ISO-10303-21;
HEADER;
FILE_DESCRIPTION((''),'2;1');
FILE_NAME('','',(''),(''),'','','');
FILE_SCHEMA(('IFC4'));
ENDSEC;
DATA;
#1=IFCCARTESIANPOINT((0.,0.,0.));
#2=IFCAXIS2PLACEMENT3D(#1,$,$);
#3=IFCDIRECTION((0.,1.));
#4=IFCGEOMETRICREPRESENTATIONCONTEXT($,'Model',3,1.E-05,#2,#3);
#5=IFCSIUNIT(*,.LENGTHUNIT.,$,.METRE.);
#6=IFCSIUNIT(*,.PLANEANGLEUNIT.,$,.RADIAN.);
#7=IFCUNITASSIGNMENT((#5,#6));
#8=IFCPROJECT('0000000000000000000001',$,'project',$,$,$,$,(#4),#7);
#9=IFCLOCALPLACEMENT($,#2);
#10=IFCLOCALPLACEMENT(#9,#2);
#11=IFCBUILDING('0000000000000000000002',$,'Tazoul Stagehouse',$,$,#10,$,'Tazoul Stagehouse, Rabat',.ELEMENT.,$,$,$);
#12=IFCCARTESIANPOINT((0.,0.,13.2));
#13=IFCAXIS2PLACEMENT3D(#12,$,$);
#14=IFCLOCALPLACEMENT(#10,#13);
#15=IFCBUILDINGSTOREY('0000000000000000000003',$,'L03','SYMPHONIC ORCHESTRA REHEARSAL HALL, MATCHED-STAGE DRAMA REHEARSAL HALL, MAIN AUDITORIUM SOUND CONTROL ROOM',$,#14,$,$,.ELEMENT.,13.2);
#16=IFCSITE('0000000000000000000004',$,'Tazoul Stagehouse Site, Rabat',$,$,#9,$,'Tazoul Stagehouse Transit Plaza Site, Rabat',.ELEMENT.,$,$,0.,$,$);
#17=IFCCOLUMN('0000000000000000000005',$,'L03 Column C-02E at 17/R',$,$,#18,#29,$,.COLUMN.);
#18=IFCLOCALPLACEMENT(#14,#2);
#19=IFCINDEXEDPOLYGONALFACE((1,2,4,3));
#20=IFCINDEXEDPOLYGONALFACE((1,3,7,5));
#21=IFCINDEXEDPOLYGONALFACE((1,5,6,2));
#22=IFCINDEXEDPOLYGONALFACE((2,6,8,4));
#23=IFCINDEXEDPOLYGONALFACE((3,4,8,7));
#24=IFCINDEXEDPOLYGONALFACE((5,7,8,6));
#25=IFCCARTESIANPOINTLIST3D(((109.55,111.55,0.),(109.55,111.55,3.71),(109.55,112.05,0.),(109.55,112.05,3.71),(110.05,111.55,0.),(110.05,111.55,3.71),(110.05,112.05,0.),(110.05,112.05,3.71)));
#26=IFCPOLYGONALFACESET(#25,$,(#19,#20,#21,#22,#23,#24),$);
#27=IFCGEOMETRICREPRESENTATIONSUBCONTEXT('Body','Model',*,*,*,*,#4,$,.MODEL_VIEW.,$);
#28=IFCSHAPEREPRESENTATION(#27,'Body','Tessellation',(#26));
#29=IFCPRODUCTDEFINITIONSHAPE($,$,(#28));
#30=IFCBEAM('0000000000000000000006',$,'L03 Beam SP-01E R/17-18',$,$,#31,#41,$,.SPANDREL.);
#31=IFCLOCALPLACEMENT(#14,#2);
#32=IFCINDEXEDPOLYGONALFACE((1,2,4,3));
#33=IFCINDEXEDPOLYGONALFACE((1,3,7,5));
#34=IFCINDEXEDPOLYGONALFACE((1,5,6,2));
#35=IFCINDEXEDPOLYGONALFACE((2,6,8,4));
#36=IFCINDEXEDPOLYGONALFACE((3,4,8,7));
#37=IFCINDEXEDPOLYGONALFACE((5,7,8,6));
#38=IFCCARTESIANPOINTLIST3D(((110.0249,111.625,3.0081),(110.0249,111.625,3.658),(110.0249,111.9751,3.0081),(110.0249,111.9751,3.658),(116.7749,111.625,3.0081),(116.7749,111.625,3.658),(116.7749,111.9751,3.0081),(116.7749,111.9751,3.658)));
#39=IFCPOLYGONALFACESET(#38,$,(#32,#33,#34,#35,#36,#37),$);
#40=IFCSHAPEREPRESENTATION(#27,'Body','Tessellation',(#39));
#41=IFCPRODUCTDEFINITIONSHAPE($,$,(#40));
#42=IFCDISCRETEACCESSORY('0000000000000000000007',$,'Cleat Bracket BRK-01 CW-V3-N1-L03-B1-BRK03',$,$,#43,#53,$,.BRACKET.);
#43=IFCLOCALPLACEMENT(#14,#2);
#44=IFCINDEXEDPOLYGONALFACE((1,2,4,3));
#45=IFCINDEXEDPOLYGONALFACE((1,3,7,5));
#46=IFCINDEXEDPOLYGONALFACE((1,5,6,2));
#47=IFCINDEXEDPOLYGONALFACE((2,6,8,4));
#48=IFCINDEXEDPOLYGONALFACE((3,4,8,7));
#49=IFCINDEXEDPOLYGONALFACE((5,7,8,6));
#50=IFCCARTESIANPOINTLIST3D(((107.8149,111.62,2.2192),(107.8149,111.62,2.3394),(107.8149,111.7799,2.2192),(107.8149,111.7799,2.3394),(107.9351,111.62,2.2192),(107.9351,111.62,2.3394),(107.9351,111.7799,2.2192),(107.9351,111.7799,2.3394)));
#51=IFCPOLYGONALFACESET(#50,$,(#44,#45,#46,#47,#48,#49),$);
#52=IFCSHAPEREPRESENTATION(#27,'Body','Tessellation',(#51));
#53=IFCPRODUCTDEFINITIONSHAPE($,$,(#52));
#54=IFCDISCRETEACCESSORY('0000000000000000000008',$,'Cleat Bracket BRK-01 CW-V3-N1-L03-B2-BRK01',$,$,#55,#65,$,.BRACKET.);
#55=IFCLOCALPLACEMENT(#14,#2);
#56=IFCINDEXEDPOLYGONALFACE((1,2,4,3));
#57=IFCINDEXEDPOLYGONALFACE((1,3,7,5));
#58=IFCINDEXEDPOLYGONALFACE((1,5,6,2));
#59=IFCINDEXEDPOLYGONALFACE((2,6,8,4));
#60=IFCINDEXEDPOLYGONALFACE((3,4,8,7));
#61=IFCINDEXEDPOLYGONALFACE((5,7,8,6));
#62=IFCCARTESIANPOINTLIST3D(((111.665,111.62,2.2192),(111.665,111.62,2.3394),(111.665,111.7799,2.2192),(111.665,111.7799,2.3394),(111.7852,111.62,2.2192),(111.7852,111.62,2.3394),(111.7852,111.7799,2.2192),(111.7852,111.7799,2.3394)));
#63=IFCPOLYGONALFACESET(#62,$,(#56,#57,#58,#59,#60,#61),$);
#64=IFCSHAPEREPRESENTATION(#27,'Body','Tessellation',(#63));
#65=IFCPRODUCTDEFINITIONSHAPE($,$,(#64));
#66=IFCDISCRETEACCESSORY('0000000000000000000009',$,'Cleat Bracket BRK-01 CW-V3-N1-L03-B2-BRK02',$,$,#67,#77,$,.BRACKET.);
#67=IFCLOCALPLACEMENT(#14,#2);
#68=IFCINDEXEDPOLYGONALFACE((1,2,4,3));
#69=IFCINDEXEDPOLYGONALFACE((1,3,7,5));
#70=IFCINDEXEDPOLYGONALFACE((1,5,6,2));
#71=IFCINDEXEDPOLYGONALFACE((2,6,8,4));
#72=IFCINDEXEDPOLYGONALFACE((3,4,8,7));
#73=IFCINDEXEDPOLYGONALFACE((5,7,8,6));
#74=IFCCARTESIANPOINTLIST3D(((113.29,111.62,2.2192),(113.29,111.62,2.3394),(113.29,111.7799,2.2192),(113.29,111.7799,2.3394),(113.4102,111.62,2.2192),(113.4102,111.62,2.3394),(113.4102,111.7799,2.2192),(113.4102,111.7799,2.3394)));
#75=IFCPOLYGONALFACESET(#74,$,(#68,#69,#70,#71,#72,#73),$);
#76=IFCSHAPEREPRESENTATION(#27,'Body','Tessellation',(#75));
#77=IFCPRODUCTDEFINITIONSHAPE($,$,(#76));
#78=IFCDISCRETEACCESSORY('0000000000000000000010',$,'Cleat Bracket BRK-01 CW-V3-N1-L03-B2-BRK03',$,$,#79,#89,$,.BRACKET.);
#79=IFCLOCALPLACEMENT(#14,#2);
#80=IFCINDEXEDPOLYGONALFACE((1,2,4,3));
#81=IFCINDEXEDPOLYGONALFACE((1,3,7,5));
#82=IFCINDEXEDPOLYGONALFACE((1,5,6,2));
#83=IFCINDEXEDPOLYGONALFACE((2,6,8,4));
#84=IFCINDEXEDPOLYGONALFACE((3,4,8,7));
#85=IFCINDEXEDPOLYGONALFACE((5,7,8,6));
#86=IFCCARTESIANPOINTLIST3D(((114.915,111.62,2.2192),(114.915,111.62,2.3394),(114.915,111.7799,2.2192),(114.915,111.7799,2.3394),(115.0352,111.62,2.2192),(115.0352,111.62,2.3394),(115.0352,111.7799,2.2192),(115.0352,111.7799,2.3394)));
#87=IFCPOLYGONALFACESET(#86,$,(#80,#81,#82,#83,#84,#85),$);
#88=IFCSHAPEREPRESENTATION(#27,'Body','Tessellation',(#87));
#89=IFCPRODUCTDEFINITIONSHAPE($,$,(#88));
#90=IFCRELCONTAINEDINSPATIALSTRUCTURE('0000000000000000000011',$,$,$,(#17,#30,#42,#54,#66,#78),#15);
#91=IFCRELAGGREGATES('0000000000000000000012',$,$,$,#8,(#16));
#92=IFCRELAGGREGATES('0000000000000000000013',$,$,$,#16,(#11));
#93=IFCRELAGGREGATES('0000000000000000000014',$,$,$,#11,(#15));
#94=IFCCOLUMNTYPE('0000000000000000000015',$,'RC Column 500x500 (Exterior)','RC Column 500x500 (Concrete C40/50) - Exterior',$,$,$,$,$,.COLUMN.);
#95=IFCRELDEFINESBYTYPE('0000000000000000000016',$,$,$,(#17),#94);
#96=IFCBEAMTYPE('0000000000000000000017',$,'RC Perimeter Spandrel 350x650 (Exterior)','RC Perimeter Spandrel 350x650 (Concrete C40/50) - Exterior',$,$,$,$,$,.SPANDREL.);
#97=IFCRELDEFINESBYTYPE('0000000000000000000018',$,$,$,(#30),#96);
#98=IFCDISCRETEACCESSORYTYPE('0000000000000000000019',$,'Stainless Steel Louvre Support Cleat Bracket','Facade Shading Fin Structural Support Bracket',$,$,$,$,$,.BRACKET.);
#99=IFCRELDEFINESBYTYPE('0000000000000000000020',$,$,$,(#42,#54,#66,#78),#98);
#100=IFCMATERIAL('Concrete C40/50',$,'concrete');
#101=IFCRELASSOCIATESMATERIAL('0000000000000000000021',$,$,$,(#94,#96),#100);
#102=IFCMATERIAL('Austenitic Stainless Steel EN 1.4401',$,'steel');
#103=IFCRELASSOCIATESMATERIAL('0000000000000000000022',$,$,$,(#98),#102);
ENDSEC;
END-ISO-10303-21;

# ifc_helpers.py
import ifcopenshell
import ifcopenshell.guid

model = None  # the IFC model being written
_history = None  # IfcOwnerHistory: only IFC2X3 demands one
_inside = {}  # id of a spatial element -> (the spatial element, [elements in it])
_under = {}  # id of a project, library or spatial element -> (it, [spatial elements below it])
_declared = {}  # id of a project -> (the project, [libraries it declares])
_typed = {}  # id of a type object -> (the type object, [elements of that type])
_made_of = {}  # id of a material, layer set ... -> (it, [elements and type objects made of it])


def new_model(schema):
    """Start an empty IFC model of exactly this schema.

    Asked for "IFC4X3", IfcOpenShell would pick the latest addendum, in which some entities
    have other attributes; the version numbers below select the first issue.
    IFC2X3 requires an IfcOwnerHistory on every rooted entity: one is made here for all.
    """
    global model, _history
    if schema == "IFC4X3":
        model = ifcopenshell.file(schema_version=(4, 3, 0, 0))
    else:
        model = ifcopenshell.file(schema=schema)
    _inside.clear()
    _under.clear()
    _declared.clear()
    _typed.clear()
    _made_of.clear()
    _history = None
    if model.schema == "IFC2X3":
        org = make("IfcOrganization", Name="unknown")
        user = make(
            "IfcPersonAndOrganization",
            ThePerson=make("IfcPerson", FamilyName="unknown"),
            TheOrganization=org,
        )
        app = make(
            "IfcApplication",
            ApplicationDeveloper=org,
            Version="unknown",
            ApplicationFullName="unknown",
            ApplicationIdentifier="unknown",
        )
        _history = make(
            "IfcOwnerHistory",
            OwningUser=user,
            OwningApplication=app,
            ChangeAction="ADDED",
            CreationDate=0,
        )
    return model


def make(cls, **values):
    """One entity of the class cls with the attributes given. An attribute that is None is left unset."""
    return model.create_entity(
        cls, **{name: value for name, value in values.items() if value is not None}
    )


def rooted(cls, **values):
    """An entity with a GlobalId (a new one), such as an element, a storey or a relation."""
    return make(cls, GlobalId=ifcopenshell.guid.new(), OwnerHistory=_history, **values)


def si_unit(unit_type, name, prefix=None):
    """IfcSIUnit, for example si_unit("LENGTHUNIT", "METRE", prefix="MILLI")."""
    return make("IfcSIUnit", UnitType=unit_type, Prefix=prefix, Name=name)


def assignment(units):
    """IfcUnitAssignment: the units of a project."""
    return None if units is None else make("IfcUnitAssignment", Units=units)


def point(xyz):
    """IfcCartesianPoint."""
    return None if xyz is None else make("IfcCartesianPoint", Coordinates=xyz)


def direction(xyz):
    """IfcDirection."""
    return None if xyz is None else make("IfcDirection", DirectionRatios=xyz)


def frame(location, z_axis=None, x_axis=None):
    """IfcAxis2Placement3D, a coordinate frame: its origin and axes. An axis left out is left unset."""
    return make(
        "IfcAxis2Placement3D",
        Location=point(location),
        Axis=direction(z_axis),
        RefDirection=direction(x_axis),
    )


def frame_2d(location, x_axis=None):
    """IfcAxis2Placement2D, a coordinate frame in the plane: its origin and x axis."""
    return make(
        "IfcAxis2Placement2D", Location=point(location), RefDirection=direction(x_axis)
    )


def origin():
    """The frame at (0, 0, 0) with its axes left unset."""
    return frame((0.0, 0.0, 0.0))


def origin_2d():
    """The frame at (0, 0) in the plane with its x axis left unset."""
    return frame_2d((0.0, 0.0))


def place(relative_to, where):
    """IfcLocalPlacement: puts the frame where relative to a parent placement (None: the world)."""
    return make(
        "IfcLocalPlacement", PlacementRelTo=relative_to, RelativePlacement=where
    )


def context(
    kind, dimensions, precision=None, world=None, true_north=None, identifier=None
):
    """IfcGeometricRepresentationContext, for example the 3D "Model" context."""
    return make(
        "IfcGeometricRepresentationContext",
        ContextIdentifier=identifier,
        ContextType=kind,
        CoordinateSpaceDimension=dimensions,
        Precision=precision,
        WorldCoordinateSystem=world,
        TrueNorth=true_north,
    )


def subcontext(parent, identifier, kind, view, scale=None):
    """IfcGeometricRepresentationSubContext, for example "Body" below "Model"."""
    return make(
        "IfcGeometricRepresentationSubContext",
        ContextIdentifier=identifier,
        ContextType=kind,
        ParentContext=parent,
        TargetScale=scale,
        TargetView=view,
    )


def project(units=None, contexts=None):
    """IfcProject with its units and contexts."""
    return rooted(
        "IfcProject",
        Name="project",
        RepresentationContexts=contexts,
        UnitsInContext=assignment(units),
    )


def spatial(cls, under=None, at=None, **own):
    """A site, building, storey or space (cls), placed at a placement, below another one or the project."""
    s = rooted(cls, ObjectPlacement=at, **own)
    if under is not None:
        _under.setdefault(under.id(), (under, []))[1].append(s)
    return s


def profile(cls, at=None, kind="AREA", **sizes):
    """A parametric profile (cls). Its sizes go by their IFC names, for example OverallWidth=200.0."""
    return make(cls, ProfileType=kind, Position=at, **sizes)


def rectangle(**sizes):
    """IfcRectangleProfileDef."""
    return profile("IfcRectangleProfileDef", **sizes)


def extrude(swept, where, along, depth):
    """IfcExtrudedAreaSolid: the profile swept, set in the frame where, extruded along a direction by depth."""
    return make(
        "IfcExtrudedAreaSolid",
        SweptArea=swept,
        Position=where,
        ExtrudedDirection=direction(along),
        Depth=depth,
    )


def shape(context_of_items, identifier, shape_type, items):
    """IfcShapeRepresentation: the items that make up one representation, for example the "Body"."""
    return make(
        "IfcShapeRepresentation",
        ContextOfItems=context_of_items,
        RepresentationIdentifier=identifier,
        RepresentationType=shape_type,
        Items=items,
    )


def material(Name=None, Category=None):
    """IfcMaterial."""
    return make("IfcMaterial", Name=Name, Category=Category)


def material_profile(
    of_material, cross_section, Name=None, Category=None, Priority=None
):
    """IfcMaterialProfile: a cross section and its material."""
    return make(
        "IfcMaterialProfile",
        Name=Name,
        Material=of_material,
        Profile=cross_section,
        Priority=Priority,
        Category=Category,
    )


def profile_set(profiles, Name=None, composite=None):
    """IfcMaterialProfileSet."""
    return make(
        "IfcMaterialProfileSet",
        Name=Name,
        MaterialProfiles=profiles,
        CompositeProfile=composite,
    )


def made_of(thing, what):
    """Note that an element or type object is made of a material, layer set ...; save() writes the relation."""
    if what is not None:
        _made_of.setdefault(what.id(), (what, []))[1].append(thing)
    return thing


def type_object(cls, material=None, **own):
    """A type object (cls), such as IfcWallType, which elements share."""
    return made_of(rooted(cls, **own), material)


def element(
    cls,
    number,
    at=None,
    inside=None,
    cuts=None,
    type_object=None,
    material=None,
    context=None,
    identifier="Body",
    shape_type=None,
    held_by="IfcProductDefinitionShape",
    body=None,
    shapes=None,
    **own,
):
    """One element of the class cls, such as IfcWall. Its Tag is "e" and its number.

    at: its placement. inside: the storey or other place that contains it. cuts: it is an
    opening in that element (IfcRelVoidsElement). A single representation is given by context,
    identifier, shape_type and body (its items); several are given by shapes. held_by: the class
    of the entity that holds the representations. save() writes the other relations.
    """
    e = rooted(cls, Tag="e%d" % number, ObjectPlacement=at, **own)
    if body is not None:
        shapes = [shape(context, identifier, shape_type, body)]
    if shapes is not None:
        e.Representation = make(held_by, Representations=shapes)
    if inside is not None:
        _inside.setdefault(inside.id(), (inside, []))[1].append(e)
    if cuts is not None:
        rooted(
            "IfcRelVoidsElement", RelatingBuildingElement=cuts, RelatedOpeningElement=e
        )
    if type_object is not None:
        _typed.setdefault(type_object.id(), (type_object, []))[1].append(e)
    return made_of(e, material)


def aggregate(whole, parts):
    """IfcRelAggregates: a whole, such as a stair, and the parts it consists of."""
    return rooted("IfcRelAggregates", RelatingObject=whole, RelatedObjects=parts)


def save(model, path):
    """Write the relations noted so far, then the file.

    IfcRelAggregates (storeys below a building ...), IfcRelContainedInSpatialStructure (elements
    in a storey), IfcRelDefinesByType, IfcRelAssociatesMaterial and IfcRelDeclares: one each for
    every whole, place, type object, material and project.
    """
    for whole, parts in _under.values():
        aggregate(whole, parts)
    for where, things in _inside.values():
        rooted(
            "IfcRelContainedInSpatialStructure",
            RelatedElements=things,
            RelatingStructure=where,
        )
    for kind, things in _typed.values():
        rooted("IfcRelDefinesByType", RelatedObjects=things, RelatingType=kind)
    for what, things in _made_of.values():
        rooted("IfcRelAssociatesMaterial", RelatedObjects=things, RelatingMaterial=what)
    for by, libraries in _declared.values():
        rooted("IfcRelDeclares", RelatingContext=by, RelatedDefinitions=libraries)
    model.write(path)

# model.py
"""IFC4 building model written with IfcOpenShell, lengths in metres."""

from ifc_helpers import new_model, si_unit, direction, frame, origin, origin_2d, place, context, subcontext, project, spatial, rectangle, extrude, material, material_profile, profile_set, type_object, element, save


model = new_model("IFC4")

# Units and contexts
model_context = context("Model", 3, precision=1e-05, world=origin(), true_north=direction((0.0, 1.0)))
body_context = subcontext(model_context, "Body", "Model", "MODEL_VIEW")
ifc_project = project(units=[si_unit("LENGTHUNIT", "METRE"), si_unit("PLANEANGLEUNIT", "RADIAN")], contexts=[model_context])

# Site, building, storey
site_placement = place(None, origin())
site = spatial("IfcSite", under=ifc_project, at=site_placement, Name="Tazoul Stagehouse Site, Rabat", LongName="Tazoul Stagehouse Transit Plaza Site, Rabat", CompositionType="ELEMENT", RefElevation=0.0)
building_placement = place(site_placement, origin())
building = spatial("IfcBuilding", under=site, at=building_placement, Name="Tazoul Stagehouse", LongName="Tazoul Stagehouse, Rabat", CompositionType="ELEMENT")
storey_placement = place(building_placement, frame((0.0, 0.0, 13.2)))
storey = spatial("IfcBuildingStorey", under=building, at=storey_placement, Name="L03", Description="SYMPHONIC ORCHESTRA REHEARSAL HALL, MATCHED-STAGE DRAMA REHEARSAL HALL, MAIN AUDITORIUM SOUND CONTROL ROOM", CompositionType="ELEMENT", Elevation=13.2)

# Column
ifc_material_1 = material(Name="Concrete C40/50", Category="concrete")
ifc_material_profile_1 = material_profile(ifc_material_1, rectangle(XDim=0.5, YDim=0.5, at=origin_2d()), Name="RC 500x500")
ifc_profile_set_1 = profile_set([ifc_material_profile_1], Name="Concrete C40/50")
column_type = type_object("IfcColumnType", Name="RC Column 500x500 (Exterior)", Description="RC Column 500x500 (Concrete C40/50) - Exterior", PredefinedType="COLUMN", material=ifc_profile_set_1)
column_placement = place(storey_placement, frame((109.8, 111.8, 0.0), z_axis=(0.0, 0.0, 1.0), x_axis=(1.0, 0.0, 0.0)))
element("IfcColumn", 1, at=column_placement, inside=storey, type_object=column_type, Name="L03 Column C-02E at 17/R", PredefinedType="COLUMN", context=body_context, shape_type="SweptSolid", body=[
    extrude(rectangle(XDim=0.5, YDim=0.5, at=origin_2d()), origin(), (0.0, 0.0, 1.0), 3.71),
])

# Beam
ifc_material_profile_2 = material_profile(ifc_material_1, rectangle(XDim=0.3501, YDim=0.6499, at=origin_2d()), Name="RC 350x650")
ifc_profile_set_2 = profile_set([ifc_material_profile_2], Name="Concrete C40/50")
beam_type = type_object("IfcBeamType", Name="RC Perimeter Spandrel 350x650 (Exterior)", Description="RC Perimeter Spandrel 350x650 (Concrete C40/50) - Exterior", PredefinedType="SPANDREL", material=ifc_profile_set_2)
beam_placement = place(storey_placement, frame((110.0249, 111.8, 3.333), z_axis=(1.0, 0.0, 0.0), x_axis=(0.0, 1.0, 0.0)))
element("IfcBeam", 2, at=beam_placement, inside=storey, type_object=beam_type, Name="L03 Beam SP-01E R/17-18", PredefinedType="SPANDREL", context=body_context, shape_type="SweptSolid", body=[
    extrude(rectangle(XDim=0.3501, YDim=0.6499, at=origin_2d()), origin(), (0.0, 0.0, 1.0), 6.75),
])

# Discrete accessories
ifc_material_2 = material(Name="Austenitic Stainless Steel EN 1.4401", Category="steel")
discrete_accessory_type = type_object("IfcDiscreteAccessoryType", Name="Stainless Steel Louvre Support Cleat Bracket", Description="Facade Shading Fin Structural Support Bracket", PredefinedType="BRACKET", material=ifc_material_2)
for number, where, z_axis, x_axis, name in (
    (3, (107.875, 111.7, 2.2192), (0.0, 0.0, 1.0), (1.0, 0.0, 0.0), "Cleat Bracket BRK-01 CW-V3-N1-L03-B1-BRK03"),
    (4, (111.7251, 111.7, 2.2192), (0.0, 0.0, 1.0), (1.0, 0.0, 0.0), "Cleat Bracket BRK-01 CW-V3-N1-L03-B2-BRK01"),
    (5, (113.3501, 111.7, 2.2192), (0.0, 0.0, 1.0), (1.0, 0.0, 0.0), "Cleat Bracket BRK-01 CW-V3-N1-L03-B2-BRK02"),
    (6, (114.9751, 111.7, 2.2192), (0.0, 0.0, 1.0), (1.0, 0.0, 0.0), "Cleat Bracket BRK-01 CW-V3-N1-L03-B2-BRK03"),
):
    element("IfcDiscreteAccessory", number, at=place(storey_placement, frame(where, z_axis=z_axis, x_axis=x_axis)), inside=storey, type_object=discrete_accessory_type, Name=name, PredefinedType="BRACKET", context=body_context, shape_type="SweptSolid", body=[
        extrude(rectangle(XDim=0.1201, YDim=0.1599, at=origin_2d()), origin(), (0.0, 0.0, 1.0), 0.1201),
    ])

save(model, "model.ifc")
